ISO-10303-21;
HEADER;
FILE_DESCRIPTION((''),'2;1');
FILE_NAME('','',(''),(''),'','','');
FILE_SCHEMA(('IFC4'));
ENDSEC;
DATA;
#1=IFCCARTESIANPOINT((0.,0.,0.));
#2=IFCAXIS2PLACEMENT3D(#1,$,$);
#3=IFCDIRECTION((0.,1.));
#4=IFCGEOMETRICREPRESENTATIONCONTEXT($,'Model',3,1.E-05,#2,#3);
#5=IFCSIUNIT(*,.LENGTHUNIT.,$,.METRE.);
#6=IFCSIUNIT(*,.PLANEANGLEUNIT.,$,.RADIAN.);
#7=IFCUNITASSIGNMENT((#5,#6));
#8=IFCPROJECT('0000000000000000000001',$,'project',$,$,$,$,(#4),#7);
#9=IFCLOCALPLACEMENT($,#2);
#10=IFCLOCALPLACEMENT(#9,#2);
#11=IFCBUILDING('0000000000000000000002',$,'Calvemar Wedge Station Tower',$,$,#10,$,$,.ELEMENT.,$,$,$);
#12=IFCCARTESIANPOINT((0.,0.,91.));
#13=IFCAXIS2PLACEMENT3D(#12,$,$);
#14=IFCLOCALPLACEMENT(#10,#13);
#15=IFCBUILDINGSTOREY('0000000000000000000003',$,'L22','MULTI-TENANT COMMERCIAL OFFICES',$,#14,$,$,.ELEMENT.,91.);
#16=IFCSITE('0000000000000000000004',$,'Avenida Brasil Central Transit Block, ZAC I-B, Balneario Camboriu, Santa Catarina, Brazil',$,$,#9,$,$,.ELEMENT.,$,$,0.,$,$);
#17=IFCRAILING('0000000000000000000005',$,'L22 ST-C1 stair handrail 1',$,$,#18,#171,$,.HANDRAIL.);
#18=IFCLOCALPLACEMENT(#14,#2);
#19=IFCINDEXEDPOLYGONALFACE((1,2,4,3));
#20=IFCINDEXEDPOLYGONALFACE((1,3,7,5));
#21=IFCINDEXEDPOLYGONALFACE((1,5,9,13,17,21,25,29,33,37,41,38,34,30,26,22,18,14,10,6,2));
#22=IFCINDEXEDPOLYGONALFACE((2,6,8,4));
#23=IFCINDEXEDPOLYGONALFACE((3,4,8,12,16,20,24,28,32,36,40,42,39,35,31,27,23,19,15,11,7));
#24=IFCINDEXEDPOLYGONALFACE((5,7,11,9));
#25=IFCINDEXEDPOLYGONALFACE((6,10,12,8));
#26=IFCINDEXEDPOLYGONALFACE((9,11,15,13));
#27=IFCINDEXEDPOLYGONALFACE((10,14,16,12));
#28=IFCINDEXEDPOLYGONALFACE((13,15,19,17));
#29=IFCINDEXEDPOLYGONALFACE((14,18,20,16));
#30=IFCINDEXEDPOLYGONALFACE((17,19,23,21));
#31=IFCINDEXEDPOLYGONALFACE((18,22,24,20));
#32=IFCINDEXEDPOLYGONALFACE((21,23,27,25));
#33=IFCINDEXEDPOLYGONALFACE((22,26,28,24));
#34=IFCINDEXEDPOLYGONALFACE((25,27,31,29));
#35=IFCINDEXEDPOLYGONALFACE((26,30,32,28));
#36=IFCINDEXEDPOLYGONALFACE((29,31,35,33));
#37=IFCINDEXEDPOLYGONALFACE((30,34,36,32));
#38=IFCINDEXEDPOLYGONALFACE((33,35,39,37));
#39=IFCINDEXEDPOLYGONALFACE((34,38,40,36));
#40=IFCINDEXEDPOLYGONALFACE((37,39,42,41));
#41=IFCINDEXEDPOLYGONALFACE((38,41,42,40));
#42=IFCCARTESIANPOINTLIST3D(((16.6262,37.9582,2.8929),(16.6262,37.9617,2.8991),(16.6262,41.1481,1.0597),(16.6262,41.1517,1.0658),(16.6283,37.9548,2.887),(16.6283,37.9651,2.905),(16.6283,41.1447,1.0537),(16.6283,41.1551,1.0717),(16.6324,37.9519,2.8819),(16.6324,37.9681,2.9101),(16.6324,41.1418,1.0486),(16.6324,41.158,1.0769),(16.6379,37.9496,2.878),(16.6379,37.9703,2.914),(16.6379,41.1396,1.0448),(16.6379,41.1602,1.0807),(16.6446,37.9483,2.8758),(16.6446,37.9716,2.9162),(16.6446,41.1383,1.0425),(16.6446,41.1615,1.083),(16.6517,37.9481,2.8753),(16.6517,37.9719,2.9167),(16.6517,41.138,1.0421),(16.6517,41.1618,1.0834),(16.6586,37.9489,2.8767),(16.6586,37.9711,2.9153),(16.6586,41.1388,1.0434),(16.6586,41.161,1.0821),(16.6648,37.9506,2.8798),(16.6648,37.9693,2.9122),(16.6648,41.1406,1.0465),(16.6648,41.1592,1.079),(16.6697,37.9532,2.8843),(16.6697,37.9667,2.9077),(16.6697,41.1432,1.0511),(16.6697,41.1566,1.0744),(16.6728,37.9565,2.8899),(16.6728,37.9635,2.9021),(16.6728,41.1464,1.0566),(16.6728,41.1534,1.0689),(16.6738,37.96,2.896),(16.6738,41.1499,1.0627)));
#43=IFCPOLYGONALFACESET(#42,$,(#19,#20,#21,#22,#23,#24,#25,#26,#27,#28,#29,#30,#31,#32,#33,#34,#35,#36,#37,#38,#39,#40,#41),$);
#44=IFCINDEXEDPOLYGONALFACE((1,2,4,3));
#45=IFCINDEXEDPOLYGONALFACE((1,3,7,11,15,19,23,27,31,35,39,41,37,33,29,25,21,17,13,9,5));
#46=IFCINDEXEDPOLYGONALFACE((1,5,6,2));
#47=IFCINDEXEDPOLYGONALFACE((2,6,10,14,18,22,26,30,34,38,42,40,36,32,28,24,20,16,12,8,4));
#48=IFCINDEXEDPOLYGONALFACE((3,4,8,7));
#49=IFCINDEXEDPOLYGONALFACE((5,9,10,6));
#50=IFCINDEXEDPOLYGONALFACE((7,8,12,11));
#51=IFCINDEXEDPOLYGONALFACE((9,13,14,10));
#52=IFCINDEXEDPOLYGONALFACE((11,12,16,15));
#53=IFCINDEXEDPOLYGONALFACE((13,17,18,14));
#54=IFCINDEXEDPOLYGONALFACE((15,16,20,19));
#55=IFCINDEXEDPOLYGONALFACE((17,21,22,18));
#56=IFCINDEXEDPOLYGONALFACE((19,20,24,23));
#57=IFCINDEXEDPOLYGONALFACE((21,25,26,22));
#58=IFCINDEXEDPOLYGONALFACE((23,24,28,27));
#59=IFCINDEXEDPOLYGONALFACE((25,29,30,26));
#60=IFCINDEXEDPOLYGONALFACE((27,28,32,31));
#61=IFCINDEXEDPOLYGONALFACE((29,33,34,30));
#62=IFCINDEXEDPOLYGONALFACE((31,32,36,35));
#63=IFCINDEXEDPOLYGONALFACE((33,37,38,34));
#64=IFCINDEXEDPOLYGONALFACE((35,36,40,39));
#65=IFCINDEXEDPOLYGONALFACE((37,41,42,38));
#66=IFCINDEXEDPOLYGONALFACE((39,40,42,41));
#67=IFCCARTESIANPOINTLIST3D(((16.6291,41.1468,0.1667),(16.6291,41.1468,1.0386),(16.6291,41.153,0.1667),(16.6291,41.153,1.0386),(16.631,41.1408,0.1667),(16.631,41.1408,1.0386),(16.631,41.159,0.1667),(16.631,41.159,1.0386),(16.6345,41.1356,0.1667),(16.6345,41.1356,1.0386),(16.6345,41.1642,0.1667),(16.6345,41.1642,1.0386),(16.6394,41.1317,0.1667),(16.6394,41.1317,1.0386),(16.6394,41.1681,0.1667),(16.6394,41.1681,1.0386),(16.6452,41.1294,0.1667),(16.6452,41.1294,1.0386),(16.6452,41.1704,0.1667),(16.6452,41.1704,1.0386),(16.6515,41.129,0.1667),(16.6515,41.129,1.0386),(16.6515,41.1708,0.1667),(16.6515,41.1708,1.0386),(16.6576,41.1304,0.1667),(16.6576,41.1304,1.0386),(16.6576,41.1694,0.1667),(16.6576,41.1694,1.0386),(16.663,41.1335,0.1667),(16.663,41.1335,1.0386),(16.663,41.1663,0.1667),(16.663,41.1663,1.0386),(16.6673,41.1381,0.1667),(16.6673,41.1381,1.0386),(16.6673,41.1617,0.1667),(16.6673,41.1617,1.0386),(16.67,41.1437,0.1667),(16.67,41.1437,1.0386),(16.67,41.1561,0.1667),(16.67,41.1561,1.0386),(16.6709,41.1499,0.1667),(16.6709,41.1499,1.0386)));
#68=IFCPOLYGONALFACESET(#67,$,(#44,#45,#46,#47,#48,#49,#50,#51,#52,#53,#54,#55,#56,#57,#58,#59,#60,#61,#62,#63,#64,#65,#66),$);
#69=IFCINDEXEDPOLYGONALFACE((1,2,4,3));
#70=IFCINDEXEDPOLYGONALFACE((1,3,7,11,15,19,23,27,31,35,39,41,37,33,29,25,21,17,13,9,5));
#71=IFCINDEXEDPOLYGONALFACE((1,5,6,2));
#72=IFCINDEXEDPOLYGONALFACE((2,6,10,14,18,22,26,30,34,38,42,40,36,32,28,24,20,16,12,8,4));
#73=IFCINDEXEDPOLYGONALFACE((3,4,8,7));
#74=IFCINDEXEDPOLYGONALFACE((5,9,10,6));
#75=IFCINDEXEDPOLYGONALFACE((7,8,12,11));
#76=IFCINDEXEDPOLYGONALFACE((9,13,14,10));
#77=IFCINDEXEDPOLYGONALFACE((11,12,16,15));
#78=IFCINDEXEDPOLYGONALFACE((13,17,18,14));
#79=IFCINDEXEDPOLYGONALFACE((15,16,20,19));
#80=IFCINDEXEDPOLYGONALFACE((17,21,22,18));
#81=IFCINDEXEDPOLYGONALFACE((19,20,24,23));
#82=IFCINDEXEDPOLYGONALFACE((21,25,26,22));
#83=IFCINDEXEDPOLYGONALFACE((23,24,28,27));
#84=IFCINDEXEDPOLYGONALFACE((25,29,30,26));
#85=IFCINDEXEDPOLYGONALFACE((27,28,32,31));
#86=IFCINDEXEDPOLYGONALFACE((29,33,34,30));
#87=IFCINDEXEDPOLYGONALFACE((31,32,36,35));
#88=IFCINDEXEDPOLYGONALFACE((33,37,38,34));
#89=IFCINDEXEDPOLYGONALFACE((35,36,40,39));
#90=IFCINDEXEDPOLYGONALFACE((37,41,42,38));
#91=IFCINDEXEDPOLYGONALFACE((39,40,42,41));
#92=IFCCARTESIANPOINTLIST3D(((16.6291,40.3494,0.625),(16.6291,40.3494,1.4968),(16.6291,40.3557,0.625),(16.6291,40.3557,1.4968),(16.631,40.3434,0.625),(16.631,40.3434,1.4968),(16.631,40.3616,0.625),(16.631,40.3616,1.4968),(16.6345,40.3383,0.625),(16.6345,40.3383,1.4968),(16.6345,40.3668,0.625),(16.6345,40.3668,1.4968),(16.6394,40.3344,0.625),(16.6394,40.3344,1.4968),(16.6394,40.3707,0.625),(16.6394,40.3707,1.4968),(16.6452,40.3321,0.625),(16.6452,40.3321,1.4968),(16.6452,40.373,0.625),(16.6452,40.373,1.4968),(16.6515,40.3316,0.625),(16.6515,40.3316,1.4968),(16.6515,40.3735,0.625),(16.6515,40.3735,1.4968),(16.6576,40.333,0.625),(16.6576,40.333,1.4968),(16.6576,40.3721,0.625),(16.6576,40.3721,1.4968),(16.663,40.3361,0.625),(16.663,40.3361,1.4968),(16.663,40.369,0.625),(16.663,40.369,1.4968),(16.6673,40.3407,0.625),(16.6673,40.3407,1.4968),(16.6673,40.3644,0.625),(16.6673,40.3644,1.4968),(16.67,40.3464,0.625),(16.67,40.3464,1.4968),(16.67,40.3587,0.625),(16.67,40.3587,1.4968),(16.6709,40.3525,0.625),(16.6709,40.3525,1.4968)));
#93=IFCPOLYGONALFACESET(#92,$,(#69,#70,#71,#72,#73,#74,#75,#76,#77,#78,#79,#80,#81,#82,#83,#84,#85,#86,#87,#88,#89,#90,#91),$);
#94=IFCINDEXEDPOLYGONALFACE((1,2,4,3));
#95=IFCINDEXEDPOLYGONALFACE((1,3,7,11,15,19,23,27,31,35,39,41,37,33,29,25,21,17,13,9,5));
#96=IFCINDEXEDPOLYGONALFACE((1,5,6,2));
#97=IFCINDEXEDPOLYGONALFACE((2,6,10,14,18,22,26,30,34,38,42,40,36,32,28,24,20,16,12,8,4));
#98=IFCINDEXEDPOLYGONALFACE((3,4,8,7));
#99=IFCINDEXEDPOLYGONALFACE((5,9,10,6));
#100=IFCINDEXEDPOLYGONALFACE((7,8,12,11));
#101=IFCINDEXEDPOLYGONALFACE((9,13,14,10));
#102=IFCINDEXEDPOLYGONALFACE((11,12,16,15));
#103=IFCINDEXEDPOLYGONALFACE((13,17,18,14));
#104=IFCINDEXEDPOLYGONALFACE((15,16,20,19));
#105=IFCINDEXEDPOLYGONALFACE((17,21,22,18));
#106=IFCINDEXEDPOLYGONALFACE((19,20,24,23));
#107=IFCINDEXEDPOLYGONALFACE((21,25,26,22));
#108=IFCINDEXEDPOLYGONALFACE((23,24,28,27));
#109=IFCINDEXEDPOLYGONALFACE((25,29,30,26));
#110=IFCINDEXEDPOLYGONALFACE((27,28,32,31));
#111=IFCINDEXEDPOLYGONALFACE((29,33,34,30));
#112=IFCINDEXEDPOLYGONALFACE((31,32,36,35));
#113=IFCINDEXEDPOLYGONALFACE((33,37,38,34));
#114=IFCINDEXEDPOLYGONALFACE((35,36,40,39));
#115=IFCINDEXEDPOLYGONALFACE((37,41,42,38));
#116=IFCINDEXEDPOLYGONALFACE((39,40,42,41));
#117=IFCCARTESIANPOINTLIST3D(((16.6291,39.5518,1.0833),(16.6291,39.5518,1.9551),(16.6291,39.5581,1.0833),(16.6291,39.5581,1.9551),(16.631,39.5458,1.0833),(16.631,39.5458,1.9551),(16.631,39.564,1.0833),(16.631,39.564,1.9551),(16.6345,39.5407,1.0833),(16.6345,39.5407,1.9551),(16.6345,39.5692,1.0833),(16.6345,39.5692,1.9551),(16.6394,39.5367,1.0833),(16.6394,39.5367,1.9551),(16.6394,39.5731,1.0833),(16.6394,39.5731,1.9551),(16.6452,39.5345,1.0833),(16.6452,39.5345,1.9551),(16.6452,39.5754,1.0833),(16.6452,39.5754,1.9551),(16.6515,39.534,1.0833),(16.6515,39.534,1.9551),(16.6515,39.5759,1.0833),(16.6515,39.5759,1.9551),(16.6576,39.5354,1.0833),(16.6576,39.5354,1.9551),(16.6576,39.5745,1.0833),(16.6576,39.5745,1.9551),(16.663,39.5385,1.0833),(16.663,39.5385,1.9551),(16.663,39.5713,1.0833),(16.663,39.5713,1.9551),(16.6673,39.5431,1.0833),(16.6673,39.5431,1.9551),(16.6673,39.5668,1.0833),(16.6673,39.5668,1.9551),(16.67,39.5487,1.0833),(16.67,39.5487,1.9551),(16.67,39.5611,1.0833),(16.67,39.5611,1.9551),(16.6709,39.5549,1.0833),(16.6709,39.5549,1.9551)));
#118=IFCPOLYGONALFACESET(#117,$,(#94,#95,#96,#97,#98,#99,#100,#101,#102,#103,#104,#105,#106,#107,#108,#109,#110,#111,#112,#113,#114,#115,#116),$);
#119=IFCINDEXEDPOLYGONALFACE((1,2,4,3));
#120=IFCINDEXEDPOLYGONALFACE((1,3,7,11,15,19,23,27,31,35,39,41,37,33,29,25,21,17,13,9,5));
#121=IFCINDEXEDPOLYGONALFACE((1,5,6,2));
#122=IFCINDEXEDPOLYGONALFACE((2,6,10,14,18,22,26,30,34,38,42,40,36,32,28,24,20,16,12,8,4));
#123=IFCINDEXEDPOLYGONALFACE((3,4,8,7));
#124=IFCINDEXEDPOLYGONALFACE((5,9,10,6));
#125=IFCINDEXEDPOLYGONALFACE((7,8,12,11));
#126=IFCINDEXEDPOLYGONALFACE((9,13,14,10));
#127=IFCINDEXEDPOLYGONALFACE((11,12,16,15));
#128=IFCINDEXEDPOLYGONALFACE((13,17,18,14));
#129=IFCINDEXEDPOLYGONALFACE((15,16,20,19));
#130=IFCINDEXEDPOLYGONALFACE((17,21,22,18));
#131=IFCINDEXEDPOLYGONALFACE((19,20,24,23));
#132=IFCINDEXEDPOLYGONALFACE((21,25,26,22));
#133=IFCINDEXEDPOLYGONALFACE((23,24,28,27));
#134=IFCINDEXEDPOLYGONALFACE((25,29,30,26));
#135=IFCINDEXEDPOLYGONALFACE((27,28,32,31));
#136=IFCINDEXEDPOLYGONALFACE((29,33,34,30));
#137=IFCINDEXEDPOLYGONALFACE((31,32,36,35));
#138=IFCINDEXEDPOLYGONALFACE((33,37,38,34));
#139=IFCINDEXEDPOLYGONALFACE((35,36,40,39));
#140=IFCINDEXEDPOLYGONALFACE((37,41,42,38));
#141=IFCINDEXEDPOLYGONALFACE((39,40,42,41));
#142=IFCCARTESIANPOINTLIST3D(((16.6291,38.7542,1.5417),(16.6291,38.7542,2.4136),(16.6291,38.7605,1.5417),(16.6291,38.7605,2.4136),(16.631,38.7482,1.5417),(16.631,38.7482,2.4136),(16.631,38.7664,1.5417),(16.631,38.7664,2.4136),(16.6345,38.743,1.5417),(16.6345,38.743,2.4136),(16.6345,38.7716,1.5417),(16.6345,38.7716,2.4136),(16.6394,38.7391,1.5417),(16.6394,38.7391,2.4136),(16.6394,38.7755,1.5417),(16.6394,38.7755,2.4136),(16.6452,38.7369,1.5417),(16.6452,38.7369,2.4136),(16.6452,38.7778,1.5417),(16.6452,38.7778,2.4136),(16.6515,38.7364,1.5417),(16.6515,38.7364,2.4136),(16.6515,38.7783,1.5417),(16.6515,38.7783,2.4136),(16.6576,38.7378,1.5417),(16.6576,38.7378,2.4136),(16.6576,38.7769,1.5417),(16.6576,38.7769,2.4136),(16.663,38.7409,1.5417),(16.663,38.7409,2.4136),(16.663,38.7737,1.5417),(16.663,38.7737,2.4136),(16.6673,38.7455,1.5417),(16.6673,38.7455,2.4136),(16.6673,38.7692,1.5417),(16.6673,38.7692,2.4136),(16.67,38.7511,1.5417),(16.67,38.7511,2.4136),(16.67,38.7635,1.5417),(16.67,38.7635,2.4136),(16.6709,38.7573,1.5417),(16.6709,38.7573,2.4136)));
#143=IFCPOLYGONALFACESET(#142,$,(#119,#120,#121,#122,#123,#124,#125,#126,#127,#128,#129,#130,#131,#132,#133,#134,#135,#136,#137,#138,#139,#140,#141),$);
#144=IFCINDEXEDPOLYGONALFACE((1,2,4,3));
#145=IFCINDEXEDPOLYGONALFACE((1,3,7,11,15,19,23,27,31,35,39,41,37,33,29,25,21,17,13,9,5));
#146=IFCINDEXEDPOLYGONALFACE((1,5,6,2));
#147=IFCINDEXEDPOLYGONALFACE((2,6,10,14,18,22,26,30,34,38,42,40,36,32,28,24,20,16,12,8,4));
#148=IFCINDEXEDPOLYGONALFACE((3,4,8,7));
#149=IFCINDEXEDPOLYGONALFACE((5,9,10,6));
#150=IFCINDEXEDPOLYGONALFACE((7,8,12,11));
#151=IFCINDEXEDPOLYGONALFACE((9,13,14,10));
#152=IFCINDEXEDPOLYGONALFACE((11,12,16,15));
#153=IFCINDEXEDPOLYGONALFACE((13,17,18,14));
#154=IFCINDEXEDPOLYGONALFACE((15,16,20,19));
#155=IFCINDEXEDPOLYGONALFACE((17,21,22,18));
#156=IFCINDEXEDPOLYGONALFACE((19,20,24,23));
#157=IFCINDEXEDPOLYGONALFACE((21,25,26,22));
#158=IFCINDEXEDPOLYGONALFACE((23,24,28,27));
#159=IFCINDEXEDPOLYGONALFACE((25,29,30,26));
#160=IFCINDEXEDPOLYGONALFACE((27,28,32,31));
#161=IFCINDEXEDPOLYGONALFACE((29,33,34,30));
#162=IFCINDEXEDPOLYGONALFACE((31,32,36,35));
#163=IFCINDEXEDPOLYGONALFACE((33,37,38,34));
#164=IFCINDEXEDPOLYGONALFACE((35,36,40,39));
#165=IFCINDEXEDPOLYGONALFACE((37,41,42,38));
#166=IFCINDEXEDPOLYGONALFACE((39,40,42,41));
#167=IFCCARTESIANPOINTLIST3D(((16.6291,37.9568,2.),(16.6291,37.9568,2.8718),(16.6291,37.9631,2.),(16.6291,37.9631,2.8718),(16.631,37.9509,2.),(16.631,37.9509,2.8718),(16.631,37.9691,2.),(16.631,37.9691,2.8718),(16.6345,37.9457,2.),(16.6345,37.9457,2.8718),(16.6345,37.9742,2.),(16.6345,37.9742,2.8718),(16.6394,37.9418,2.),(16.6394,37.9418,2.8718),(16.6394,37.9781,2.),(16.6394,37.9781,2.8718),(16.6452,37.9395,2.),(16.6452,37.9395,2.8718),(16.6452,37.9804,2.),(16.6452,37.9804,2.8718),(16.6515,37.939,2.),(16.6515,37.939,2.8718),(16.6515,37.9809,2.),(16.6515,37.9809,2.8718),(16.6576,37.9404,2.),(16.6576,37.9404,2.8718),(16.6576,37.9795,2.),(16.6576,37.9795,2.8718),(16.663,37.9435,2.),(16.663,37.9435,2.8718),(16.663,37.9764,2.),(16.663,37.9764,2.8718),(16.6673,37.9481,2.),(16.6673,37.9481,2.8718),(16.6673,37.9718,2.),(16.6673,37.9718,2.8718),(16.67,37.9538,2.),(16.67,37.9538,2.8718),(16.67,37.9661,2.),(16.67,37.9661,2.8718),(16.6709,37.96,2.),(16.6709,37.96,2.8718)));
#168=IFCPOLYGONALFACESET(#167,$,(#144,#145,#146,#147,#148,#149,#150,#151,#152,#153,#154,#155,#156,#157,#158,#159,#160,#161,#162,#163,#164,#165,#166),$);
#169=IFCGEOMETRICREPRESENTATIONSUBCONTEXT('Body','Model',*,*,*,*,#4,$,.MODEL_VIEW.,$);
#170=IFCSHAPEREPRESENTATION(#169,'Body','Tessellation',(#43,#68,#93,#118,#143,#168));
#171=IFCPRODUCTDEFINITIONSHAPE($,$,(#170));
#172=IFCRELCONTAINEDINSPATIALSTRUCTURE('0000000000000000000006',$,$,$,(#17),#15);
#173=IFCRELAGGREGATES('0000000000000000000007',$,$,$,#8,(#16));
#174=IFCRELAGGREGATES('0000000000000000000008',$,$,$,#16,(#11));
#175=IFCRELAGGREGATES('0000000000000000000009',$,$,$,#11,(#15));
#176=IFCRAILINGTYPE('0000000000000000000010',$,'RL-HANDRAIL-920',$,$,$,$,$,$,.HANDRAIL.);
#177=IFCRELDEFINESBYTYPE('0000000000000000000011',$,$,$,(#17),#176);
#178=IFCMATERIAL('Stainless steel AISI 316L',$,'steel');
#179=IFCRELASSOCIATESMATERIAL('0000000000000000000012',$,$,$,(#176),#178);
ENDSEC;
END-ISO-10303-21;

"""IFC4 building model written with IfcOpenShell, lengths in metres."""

from ifc_helpers import new_model, si_unit, direction, frame, origin, origin_2d, place, context, subcontext, project, spatial, circle, extrude, material, type_object, element, save


model = new_model("IFC4")

# Units and contexts
model_context = context("Model", 3, precision=1e-05, world=origin(), true_north=direction((0.0, 1.0)))
body_context = subcontext(model_context, "Body", "Model", "MODEL_VIEW")
ifc_project = project(units=[si_unit("LENGTHUNIT", "METRE"), si_unit("PLANEANGLEUNIT", "RADIAN")], contexts=[model_context])

# Site, building, storey
site_placement = place(None, origin())
site = spatial("IfcSite", under=ifc_project, at=site_placement, Name="Avenida Brasil Central Transit Block, ZAC I-B, Balneario Camboriu, Santa Catarina, Brazil", CompositionType="ELEMENT", RefElevation=0.0)
building_placement = place(site_placement, origin())
building = spatial("IfcBuilding", under=site, at=building_placement, Name="Calvemar Wedge Station Tower", CompositionType="ELEMENT")
storey_placement = place(building_placement, frame((0.0, 0.0, 91.0)))
storey = spatial("IfcBuildingStorey", under=building, at=storey_placement, Name="L22", Description="MULTI-TENANT COMMERCIAL OFFICES", CompositionType="ELEMENT", Elevation=91.0)

# Railing
ifc_material_1 = material(Name="Stainless steel AISI 316L", Category="steel")
railing_type_1 = type_object("IfcRailingType", Name="RL-HANDRAIL-920", PredefinedType="HANDRAIL", material=ifc_material_1)
railing_1_placement = place(storey_placement, frame((16.6499, 41.1499, 0.1667)))
element("IfcRailing", 1, at=railing_1_placement, inside=storey, type_object=railing_type_1, Name="L22 ST-C1 stair handrail 1", PredefinedType="HANDRAIL", context=body_context, shape_type="SweptSolid", body=[
    extrude(circle(Radius=0.0239, at=origin_2d()), frame((0.0, 0.0, 0.896), z_axis=(0.0, -0.86702, 0.498274), x_axis=(1.0, 0.0, 0.0)), (0.0, 0.0, 1.0), 3.6792),
    extrude(circle(Radius=0.021, at=origin_2d()), origin(), (0.0, 0.0, 1.0), 0.8718),
    extrude(circle(Radius=0.021, at=origin_2d()), frame((0.0, -0.7974, 0.4583)), (0.0, 0.0, 1.0), 0.8718),
    extrude(circle(Radius=0.021, at=origin_2d()), frame((0.0, -1.595, 0.9165)), (0.0, 0.0, 1.0), 0.8718),
    extrude(circle(Radius=0.021, at=origin_2d()), frame((0.0, -2.3926, 1.375)), (0.0, 0.0, 1.0), 0.8718),
    extrude(circle(Radius=0.021, at=origin_2d()), frame((0.0, -3.1899, 1.8333)), (0.0, 0.0, 1.0), 0.8718),
])

save(model, "model.ifc")
